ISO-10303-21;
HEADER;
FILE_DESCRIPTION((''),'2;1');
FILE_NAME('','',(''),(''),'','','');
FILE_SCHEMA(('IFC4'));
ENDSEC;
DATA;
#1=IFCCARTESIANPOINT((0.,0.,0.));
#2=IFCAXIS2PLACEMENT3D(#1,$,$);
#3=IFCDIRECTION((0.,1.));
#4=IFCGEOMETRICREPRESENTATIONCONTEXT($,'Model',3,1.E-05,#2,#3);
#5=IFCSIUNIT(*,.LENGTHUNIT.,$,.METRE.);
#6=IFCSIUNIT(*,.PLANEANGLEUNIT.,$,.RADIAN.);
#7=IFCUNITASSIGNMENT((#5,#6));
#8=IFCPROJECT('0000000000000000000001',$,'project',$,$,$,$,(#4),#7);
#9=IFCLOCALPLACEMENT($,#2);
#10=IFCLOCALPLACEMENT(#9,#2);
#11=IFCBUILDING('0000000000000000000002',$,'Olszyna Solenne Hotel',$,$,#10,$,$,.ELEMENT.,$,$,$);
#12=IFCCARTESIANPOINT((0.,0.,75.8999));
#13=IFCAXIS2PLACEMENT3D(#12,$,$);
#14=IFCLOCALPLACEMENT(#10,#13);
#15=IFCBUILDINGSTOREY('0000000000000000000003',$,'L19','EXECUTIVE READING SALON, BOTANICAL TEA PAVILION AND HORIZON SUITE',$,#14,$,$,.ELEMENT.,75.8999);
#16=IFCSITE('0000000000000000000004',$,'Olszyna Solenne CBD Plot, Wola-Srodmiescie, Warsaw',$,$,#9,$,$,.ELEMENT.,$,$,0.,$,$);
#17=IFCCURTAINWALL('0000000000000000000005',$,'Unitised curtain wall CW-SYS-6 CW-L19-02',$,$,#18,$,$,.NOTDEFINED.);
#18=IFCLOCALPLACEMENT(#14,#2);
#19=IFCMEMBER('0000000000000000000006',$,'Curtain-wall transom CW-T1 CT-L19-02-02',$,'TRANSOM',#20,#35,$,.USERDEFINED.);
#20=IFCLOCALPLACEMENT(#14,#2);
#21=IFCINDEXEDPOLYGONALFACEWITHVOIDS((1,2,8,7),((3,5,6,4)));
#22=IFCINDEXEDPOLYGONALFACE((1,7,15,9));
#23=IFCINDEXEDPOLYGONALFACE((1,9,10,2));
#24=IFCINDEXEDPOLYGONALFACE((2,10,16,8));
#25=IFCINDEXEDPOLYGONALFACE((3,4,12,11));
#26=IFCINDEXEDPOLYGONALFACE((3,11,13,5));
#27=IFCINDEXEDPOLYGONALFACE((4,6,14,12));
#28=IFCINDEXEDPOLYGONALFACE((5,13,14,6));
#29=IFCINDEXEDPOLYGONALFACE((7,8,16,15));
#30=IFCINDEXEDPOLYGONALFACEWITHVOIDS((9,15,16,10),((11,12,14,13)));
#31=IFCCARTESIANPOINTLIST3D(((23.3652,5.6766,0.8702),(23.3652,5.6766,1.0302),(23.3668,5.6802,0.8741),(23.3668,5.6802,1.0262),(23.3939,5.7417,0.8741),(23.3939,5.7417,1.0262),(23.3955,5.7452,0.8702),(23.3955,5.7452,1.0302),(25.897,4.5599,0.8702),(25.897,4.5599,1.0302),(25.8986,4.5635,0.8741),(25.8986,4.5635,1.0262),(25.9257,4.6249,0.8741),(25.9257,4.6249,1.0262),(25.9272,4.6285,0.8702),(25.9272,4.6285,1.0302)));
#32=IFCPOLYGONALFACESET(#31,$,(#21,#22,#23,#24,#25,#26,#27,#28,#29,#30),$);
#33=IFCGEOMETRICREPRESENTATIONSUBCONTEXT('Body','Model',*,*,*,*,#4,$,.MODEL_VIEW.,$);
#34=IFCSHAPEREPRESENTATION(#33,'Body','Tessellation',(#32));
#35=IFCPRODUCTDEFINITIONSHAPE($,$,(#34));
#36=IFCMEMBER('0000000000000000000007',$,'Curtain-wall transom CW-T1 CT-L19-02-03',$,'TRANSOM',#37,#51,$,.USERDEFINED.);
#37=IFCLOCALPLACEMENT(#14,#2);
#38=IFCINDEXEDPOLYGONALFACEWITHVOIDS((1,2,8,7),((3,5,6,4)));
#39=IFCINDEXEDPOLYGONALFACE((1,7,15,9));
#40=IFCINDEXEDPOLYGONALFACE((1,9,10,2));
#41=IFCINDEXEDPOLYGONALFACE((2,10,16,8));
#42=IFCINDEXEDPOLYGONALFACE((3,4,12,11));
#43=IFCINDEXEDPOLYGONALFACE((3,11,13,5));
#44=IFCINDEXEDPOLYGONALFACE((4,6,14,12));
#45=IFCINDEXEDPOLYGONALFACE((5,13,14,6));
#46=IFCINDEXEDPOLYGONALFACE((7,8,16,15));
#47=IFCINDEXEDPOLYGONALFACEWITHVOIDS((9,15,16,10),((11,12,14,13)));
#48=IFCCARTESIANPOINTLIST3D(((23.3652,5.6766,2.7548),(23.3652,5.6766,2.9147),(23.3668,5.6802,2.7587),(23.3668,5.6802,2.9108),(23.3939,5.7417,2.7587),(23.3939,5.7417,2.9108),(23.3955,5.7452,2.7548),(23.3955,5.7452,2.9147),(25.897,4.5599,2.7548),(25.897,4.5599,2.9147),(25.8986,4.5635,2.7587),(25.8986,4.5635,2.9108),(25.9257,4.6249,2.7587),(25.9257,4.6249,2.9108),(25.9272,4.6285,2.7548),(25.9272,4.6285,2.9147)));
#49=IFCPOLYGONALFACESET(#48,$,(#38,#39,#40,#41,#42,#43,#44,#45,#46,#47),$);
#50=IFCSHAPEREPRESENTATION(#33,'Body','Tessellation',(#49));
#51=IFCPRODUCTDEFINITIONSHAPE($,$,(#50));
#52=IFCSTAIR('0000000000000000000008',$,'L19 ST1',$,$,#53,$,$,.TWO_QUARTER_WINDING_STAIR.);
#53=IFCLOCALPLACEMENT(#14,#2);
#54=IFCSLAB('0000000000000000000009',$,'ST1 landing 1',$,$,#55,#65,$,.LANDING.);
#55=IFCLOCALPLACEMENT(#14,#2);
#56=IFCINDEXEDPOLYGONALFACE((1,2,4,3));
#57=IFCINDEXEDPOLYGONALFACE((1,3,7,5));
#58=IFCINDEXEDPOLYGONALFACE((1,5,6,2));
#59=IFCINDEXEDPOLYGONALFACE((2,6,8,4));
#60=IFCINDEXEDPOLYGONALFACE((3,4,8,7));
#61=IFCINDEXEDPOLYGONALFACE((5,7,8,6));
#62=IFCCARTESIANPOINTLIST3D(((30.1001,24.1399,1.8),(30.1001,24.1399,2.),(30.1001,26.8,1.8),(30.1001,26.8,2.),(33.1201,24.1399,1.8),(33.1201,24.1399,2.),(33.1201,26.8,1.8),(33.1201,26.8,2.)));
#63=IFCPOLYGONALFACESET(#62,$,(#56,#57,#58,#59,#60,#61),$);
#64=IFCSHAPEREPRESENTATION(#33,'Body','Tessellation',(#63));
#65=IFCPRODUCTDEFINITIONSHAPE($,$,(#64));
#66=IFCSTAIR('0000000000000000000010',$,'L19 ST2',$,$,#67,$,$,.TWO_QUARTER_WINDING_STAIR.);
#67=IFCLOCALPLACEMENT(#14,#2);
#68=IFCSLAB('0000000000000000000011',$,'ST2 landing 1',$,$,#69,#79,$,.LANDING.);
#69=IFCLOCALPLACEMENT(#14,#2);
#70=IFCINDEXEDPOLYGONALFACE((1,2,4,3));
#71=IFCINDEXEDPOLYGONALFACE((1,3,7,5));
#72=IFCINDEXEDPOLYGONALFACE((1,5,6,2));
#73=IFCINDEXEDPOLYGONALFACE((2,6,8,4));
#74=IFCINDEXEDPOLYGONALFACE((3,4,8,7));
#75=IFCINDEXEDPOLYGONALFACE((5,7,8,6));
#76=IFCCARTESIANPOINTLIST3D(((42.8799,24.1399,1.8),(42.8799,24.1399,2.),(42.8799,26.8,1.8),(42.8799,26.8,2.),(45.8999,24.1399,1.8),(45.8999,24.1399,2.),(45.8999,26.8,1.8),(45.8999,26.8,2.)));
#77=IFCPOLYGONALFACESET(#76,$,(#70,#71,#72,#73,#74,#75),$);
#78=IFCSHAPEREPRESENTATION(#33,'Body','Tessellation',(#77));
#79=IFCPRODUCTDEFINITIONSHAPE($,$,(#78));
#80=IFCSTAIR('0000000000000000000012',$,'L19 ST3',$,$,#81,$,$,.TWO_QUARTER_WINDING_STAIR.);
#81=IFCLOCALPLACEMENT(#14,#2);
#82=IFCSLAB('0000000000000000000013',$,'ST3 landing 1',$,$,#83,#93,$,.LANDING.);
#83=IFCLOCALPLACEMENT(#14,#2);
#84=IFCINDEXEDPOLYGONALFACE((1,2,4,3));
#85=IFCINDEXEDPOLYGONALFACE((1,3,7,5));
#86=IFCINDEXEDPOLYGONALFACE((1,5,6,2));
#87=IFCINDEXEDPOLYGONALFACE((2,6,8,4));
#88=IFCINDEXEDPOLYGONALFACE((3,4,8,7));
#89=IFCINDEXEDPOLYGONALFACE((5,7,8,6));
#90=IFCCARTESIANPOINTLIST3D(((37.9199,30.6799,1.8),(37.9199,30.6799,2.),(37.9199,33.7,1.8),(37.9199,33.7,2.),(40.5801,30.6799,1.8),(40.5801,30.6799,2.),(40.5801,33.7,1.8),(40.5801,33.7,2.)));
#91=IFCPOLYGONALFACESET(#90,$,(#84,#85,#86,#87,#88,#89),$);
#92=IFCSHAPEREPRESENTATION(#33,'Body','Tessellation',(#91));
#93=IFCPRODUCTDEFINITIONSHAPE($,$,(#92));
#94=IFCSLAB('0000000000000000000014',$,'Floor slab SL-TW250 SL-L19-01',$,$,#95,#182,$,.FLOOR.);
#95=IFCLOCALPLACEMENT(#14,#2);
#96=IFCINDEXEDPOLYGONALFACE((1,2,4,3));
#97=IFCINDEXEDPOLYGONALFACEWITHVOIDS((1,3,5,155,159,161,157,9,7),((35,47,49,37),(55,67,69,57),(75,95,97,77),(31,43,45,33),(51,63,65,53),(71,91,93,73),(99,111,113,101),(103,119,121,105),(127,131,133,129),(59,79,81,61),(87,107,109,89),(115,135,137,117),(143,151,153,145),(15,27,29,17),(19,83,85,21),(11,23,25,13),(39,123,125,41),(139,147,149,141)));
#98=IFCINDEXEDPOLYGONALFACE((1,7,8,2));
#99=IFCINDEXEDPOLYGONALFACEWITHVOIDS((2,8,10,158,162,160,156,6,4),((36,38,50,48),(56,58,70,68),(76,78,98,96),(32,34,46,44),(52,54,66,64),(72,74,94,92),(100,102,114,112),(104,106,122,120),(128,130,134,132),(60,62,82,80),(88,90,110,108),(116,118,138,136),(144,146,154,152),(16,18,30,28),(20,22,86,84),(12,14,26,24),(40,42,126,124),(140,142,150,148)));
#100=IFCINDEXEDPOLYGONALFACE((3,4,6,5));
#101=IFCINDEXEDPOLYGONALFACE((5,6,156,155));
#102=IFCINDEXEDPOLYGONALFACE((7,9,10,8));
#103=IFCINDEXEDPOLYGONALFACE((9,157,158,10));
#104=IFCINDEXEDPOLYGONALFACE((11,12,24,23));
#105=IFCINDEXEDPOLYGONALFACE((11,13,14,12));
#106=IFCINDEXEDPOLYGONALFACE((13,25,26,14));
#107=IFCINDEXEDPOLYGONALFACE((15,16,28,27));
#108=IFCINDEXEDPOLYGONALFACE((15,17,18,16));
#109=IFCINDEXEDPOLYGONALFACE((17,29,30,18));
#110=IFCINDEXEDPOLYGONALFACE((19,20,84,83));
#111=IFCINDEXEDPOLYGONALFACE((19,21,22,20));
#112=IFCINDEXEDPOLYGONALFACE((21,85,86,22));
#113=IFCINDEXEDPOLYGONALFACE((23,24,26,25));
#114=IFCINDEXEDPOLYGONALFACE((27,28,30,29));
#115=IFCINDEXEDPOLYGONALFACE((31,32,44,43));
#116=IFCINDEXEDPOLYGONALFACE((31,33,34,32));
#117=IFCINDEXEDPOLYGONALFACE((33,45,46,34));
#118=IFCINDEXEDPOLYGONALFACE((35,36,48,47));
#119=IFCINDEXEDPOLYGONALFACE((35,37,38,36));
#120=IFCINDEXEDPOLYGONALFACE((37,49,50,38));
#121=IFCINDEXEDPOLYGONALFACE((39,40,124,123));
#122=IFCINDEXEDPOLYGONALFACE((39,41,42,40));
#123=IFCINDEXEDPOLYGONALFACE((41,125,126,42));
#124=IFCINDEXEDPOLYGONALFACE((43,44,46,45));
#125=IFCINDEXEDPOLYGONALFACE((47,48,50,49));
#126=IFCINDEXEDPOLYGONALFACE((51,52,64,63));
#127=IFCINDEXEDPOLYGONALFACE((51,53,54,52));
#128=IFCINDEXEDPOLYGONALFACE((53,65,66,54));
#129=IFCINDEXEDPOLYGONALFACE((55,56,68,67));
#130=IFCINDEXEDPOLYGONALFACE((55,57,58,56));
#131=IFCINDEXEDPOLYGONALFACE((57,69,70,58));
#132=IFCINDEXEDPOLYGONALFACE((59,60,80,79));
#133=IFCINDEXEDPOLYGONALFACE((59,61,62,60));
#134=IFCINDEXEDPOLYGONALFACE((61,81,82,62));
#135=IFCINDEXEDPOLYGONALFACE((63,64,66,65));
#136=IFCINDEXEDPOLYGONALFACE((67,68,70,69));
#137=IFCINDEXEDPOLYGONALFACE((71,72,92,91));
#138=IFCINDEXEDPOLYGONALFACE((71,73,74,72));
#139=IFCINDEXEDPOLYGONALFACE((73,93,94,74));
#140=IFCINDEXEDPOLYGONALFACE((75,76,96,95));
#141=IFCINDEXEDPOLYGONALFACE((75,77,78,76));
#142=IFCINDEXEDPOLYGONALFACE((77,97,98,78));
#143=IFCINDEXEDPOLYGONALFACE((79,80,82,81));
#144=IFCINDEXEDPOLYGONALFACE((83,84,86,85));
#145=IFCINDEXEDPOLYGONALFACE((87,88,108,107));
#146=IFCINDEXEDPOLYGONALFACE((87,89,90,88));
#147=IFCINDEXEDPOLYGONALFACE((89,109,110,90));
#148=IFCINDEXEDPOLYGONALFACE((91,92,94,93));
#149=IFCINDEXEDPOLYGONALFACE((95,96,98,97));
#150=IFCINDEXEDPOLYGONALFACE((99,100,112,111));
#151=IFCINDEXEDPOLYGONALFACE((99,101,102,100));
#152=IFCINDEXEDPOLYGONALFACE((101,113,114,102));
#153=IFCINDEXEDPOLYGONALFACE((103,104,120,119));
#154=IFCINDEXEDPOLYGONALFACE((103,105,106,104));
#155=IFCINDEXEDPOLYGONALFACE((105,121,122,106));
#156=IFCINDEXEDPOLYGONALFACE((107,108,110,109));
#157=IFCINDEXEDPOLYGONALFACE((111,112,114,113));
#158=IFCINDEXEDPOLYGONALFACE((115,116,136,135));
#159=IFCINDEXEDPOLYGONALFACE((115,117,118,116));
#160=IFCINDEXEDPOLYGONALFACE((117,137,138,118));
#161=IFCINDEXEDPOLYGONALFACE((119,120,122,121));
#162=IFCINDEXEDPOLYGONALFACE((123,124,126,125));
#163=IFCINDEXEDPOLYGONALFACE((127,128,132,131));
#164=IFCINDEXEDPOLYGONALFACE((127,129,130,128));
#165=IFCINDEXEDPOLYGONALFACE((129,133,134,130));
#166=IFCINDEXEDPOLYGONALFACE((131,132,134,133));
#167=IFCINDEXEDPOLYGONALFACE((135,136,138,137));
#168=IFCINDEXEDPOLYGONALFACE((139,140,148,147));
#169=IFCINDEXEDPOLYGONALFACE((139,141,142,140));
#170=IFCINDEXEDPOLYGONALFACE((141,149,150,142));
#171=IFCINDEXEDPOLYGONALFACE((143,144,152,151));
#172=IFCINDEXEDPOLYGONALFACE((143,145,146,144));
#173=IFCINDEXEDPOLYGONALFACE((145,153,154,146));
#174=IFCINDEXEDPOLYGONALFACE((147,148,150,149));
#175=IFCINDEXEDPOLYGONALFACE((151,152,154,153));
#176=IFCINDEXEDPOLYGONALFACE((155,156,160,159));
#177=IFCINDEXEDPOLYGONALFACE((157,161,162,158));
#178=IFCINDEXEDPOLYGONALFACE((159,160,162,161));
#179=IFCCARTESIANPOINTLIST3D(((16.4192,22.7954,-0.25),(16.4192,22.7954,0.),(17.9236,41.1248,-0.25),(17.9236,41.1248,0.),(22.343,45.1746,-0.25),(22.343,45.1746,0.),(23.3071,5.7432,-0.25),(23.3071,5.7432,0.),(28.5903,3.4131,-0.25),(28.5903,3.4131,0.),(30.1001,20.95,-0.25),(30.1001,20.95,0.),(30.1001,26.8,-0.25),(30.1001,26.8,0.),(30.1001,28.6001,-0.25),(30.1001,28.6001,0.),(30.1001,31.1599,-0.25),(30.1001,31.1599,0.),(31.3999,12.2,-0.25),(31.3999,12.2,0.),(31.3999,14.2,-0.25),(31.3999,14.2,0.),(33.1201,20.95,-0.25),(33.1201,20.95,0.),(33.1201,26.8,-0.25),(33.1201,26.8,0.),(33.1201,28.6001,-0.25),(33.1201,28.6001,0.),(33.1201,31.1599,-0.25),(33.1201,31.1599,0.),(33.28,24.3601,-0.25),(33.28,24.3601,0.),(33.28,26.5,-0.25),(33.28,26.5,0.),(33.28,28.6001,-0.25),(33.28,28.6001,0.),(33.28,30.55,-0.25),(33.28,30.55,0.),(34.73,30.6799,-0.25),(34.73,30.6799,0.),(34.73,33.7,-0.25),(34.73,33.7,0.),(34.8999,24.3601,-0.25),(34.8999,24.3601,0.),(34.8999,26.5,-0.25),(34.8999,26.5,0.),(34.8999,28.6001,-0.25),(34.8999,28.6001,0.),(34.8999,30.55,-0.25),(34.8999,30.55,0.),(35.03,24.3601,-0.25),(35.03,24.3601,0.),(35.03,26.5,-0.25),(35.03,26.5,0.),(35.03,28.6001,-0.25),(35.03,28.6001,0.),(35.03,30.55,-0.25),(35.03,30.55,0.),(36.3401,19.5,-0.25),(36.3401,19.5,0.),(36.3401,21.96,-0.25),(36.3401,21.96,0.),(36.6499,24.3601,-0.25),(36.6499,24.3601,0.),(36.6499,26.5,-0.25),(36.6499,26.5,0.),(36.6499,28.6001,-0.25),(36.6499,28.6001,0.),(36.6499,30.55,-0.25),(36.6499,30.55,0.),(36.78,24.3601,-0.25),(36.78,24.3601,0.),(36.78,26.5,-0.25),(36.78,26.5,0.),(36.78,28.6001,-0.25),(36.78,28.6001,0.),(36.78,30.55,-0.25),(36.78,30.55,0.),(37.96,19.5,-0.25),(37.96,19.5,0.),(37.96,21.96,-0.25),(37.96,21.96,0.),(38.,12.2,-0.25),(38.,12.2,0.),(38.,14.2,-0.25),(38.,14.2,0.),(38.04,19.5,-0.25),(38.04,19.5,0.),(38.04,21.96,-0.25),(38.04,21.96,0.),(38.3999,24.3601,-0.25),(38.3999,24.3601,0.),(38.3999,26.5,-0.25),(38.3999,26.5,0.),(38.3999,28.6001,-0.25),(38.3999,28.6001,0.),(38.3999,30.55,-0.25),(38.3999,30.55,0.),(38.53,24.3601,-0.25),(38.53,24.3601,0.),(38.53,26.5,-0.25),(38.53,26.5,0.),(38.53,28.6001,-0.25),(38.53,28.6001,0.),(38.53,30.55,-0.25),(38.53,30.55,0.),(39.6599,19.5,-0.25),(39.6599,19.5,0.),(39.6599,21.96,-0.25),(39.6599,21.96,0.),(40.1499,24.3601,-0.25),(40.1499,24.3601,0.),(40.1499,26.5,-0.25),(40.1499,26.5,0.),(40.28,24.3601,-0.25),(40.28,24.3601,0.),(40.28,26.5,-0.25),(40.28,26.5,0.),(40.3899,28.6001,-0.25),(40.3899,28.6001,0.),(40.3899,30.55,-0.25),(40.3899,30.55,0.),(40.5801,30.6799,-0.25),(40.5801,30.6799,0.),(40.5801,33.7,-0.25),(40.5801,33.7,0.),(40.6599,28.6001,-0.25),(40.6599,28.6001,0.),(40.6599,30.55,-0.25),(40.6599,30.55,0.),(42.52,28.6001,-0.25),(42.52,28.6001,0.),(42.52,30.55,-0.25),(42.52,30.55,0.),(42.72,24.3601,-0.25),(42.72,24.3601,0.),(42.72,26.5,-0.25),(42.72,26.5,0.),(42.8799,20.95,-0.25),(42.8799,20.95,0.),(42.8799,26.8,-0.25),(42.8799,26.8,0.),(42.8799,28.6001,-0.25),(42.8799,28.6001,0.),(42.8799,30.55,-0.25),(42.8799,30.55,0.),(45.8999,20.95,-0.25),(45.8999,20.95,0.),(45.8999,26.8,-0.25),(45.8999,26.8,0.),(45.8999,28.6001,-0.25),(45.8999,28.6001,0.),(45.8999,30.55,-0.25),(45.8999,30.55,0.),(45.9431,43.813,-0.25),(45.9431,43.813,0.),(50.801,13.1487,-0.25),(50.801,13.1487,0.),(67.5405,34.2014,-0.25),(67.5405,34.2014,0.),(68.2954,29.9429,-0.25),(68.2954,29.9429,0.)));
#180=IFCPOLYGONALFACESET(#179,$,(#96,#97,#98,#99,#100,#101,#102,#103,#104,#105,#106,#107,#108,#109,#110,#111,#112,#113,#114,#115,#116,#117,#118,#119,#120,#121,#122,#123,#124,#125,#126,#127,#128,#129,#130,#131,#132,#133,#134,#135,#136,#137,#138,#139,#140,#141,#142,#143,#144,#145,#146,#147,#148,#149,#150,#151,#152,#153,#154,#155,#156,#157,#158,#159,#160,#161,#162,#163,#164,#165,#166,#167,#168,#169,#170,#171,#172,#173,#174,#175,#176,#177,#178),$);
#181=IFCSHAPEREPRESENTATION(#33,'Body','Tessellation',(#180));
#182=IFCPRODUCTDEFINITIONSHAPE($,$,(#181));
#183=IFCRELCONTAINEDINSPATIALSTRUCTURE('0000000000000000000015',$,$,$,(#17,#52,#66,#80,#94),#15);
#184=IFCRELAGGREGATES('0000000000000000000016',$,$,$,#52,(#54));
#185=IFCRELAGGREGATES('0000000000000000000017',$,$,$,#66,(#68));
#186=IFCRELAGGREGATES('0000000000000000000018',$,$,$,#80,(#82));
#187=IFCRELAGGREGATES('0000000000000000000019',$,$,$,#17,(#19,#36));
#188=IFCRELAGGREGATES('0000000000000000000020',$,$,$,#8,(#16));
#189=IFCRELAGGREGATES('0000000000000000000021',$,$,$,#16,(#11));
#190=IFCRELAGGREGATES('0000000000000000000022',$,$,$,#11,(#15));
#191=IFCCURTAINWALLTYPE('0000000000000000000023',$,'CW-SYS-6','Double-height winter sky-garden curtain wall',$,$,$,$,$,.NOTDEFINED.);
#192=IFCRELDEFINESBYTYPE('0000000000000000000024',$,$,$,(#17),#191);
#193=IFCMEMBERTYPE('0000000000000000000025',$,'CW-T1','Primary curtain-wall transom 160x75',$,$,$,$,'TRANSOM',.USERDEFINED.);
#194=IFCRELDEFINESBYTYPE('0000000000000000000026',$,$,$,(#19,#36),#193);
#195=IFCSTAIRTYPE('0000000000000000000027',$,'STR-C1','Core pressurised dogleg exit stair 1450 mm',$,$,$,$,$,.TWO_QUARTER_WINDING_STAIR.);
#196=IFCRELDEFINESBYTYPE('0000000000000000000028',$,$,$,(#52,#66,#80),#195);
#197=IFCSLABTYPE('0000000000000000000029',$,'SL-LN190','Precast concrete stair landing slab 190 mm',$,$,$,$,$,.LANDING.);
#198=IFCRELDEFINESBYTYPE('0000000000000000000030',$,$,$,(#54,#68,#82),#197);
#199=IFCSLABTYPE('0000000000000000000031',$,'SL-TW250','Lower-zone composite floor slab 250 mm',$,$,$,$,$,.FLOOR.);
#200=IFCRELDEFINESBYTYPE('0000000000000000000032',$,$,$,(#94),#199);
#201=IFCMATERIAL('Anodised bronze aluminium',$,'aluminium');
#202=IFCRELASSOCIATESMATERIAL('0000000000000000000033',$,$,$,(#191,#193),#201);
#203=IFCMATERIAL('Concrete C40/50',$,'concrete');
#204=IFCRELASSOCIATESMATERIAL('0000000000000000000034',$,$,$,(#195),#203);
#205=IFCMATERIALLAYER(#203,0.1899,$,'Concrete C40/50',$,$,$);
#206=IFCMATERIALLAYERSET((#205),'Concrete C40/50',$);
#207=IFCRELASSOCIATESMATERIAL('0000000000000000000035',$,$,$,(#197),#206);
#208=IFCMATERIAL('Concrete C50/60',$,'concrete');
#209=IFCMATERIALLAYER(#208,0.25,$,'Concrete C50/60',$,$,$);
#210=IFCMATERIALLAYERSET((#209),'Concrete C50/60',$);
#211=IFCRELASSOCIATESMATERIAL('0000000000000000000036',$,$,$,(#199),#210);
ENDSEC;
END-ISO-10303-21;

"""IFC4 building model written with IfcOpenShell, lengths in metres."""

from ifc_helpers import new_model, si_unit, direction, frame, origin, origin_2d, place, context, subcontext, project, spatial, polyline, hollow_rectangle, outline, extrude, source, transform, mapped, material, layer, layer_set, material_profile, profile_set, type_object, element, aggregate, save


model = new_model("IFC4")

# Units and contexts
model_context = context("Model", 3, precision=1e-05, world=origin(), true_north=direction((0.0, 1.0)))
body_context = subcontext(model_context, "Body", "Model", "MODEL_VIEW")
ifc_project = project(units=[si_unit("LENGTHUNIT", "METRE"), si_unit("PLANEANGLEUNIT", "RADIAN")], contexts=[model_context])

# Site, building, storey
site_placement = place(None, origin())
site = spatial("IfcSite", under=ifc_project, at=site_placement, Name="Olszyna Solenne CBD Plot, Wola-Srodmiescie, Warsaw", CompositionType="ELEMENT", RefElevation=0.0)
building_placement = place(site_placement, origin())
building = spatial("IfcBuilding", under=site, at=building_placement, Name="Olszyna Solenne Hotel", CompositionType="ELEMENT")
storey_placement = place(building_placement, frame((0.0, 0.0, 75.8999)))
storey = spatial("IfcBuildingStorey", under=building, at=storey_placement, Name="L19", Description="EXECUTIVE READING SALON, BOTANICAL TEA PAVILION AND HORIZON SUITE", CompositionType="ELEMENT", Elevation=75.8999)

# Curtain wall, members
ifc_material_1 = material(Name="Anodised bronze aluminium", Category="aluminium")
curtain_wall_type = type_object("IfcCurtainWallType", Name="CW-SYS-6", Description="Double-height winter sky-garden curtain wall", PredefinedType="NOTDEFINED", material=ifc_material_1)
curtain_wall_placement = place(storey_placement, origin())
curtain_wall = element("IfcCurtainWall", 1, at=curtain_wall_placement, inside=storey, type_object=curtain_wall_type, Name="Unitised curtain wall CW-SYS-6 CW-L19-02", PredefinedType="NOTDEFINED")
ifc_material_profile_1 = material_profile(ifc_material_1, hollow_rectangle(XDim=0.075, YDim=0.1599, WallThickness=0.0039, at=origin_2d()), Name="TRAN 160x75x4", Category="load-bearing")
ifc_profile_set_1 = profile_set([ifc_material_profile_1], Name="Anodised bronze aluminium")
member_type_1 = type_object("IfcMemberType", Name="CW-T1", Description="Primary curtain-wall transom 160x75", ElementType="TRANSOM", PredefinedType="USERDEFINED", material=ifc_profile_set_1)
shared_shape_1 = source(origin(), body_context, "Body", "SweptSolid", [
    extrude(hollow_rectangle(XDim=0.075, YDim=0.1599, WallThickness=0.0039, at=origin_2d()), origin(), (0.0, 0.0, 1.0), 2.7671),
])
member_1_placement = place(storey_placement, frame((23.3804, 5.7109, 0.9502), z_axis=(0.91495, -0.403566, 0.0), x_axis=(0.403566, 0.91495, 0.0)))
member_1 = element("IfcMember", 2, at=member_1_placement, type_object=member_type_1, Name="Curtain-wall transom CW-T1 CT-L19-02-02", ObjectType="TRANSOM", PredefinedType="USERDEFINED", context=body_context, shape_type="MappedRepresentation", body=[
    mapped(shared_shape_1, transform((0.0, 0.0, 0.0), x_axis=(1.0, 0.0, 0.0), y_axis=(0.0, 1.0, 0.0), z_axis=(0.0, 0.0, 1.0), scale=1.0)),
])
member_2_placement = place(storey_placement, frame((23.3804, 5.7109, 2.8347), z_axis=(0.91495, -0.403566, 0.0), x_axis=(0.403566, 0.91495, 0.0)))
member_2 = element("IfcMember", 3, at=member_2_placement, type_object=member_type_1, Name="Curtain-wall transom CW-T1 CT-L19-02-03", ObjectType="TRANSOM", PredefinedType="USERDEFINED", context=body_context, shape_type="MappedRepresentation", body=[
    mapped(shared_shape_1, transform((0.0, 0.0, 0.0), x_axis=(1.0, 0.0, 0.0), y_axis=(0.0, 1.0, 0.0), z_axis=(0.0, 0.0, 1.0), scale=1.0)),
])

# Stairs, slabs
ifc_material_2 = material(Name="Concrete C40/50", Category="concrete")
stair_type = type_object("IfcStairType", Name="STR-C1", Description="Core pressurised dogleg exit stair 1450 mm", PredefinedType="TWO_QUARTER_WINDING_STAIR", material=ifc_material_2)
stair_1_placement = place(storey_placement, origin())
stair_1 = element("IfcStair", 4, at=stair_1_placement, inside=storey, type_object=stair_type, Name="L19 ST1", PredefinedType="TWO_QUARTER_WINDING_STAIR")
ifc_layer_1 = layer(ifc_material_2, 0.1899, Name="Concrete C40/50")
ifc_layer_set_1 = layer_set([ifc_layer_1], Name="Concrete C40/50")
slab_type_1 = type_object("IfcSlabType", Name="SL-LN190", Description="Precast concrete stair landing slab 190 mm", PredefinedType="LANDING", material=ifc_layer_set_1)
slab_1_placement = place(storey_placement, frame((0.0, 0.0, 1.8)))
slab_1 = element("IfcSlab", 5, at=slab_1_placement, type_object=slab_type_1, Name="ST1 landing 1", PredefinedType="LANDING", context=body_context, shape_type="SweptSolid", body=[
    extrude(outline(polyline([(33.1201, 24.1399), (33.1201, 26.8), (30.1001, 26.8), (30.1001, 24.1399), (33.1201, 24.1399)])), origin(), (0.0, 0.0, 1.0), 0.2),
])
aggregate(stair_1, [slab_1])
stair_2_placement = place(storey_placement, origin())
stair_2 = element("IfcStair", 6, at=stair_2_placement, inside=storey, type_object=stair_type, Name="L19 ST2", PredefinedType="TWO_QUARTER_WINDING_STAIR")
slab_2_placement = place(storey_placement, frame((0.0, 0.0, 1.8)))
slab_2 = element("IfcSlab", 7, at=slab_2_placement, type_object=slab_type_1, Name="ST2 landing 1", PredefinedType="LANDING", context=body_context, shape_type="SweptSolid", body=[
    extrude(outline(polyline([(45.8999, 24.1399), (45.8999, 26.8), (42.8799, 26.8), (42.8799, 24.1399), (45.8999, 24.1399)])), origin(), (0.0, 0.0, 1.0), 0.2),
])
aggregate(stair_2, [slab_2])
stair_3_placement = place(storey_placement, origin())
stair_3 = element("IfcStair", 8, at=stair_3_placement, inside=storey, type_object=stair_type, Name="L19 ST3", PredefinedType="TWO_QUARTER_WINDING_STAIR")
slab_3_placement = place(storey_placement, frame((0.0, 0.0, 1.8)))
slab_3 = element("IfcSlab", 9, at=slab_3_placement, type_object=slab_type_1, Name="ST3 landing 1", PredefinedType="LANDING", context=body_context, shape_type="SweptSolid", body=[
    extrude(outline(polyline([(37.9199, 30.6799), (40.5801, 30.6799), (40.5801, 33.7), (37.9199, 33.7), (37.9199, 30.6799)])), origin(), (0.0, 0.0, 1.0), 0.2),
])
aggregate(stair_3, [slab_3])

# Slab
ifc_material_3 = material(Name="Concrete C50/60", Category="concrete")
ifc_layer_2 = layer(ifc_material_3, 0.25, Name="Concrete C50/60")
ifc_layer_set_2 = layer_set([ifc_layer_2], Name="Concrete C50/60")
slab_type_2 = type_object("IfcSlabType", Name="SL-TW250", Description="Lower-zone composite floor slab 250 mm", PredefinedType="FLOOR", material=ifc_layer_set_2)
slab_4_placement = place(storey_placement, frame((0.0, 0.0, -0.25)))
element("IfcSlab", 10, at=slab_4_placement, inside=storey, type_object=slab_type_2, Name="Floor slab SL-TW250 SL-L19-01", PredefinedType="FLOOR", context=body_context, shape_type="SweptSolid", body=[
    extrude(outline(polyline([(68.2954, 29.9429), (67.5405, 34.2014), (45.9431, 43.813), (22.343, 45.1746), (17.9236, 41.1248), (16.4192, 22.7954), (23.3071, 5.7432), (28.5903, 3.4131), (50.801, 13.1487), (68.2954, 29.9429)]), holes=[polyline([(30.1001, 20.95), (33.1201, 20.95), (33.1201, 26.8), (30.1001, 26.8), (30.1001, 20.95)]), polyline([(42.8799, 20.95), (45.8999, 20.95), (45.8999, 26.8), (42.8799, 26.8), (42.8799, 20.95)]), polyline([(34.73, 30.6799), (40.5801, 30.6799), (40.5801, 33.7), (34.73, 33.7), (34.73, 30.6799)]), polyline([(36.3401, 19.5), (37.96, 19.5), (37.96, 21.96), (36.3401, 21.96), (36.3401, 19.5)]), polyline([(38.04, 19.5), (39.6599, 19.5), (39.6599, 21.96), (38.04, 21.96), (38.04, 19.5)]), polyline([(30.1001, 28.6001), (33.1201, 28.6001), (33.1201, 31.1599), (30.1001, 31.1599), (30.1001, 28.6001)]), polyline([(33.28, 24.3601), (34.8999, 24.3601), (34.8999, 26.5), (33.28, 26.5), (33.28, 24.3601)]), polyline([(35.03, 24.3601), (36.6499, 24.3601), (36.6499, 26.5), (35.03, 26.5), (35.03, 24.3601)]), polyline([(36.78, 24.3601), (38.3999, 24.3601), (38.3999, 26.5), (36.78, 26.5), (36.78, 24.3601)]), polyline([(38.53, 24.3601), (40.1499, 24.3601), (40.1499, 26.5), (38.53, 26.5), (38.53, 24.3601)]), polyline([(40.28, 24.3601), (42.72, 24.3601), (42.72, 26.5), (40.28, 26.5), (40.28, 24.3601)]), polyline([(33.28, 28.6001), (34.8999, 28.6001), (34.8999, 30.55), (33.28, 30.55), (33.28, 28.6001)]), polyline([(35.03, 28.6001), (36.6499, 28.6001), (36.6499, 30.55), (35.03, 30.55), (35.03, 28.6001)]), polyline([(36.78, 28.6001), (38.3999, 28.6001), (38.3999, 30.55), (36.78, 30.55), (36.78, 28.6001)]), polyline([(38.53, 28.6001), (40.3899, 28.6001), (40.3899, 30.55), (38.53, 30.55), (38.53, 28.6001)]), polyline([(40.6599, 28.6001), (42.52, 28.6001), (42.52, 30.55), (40.6599, 30.55), (40.6599, 28.6001)]), polyline([(42.8799, 28.6001), (45.8999, 28.6001), (45.8999, 30.55), (42.8799, 30.55), (42.8799, 28.6001)]), polyline([(31.3999, 12.2), (38.0, 12.2), (38.0, 14.2), (31.3999, 14.2), (31.3999, 12.2)])]), origin(), (0.0, 0.0, 1.0), 0.25),
])

aggregate(curtain_wall, [member_1, member_2])

save(model, "model.ifc")
